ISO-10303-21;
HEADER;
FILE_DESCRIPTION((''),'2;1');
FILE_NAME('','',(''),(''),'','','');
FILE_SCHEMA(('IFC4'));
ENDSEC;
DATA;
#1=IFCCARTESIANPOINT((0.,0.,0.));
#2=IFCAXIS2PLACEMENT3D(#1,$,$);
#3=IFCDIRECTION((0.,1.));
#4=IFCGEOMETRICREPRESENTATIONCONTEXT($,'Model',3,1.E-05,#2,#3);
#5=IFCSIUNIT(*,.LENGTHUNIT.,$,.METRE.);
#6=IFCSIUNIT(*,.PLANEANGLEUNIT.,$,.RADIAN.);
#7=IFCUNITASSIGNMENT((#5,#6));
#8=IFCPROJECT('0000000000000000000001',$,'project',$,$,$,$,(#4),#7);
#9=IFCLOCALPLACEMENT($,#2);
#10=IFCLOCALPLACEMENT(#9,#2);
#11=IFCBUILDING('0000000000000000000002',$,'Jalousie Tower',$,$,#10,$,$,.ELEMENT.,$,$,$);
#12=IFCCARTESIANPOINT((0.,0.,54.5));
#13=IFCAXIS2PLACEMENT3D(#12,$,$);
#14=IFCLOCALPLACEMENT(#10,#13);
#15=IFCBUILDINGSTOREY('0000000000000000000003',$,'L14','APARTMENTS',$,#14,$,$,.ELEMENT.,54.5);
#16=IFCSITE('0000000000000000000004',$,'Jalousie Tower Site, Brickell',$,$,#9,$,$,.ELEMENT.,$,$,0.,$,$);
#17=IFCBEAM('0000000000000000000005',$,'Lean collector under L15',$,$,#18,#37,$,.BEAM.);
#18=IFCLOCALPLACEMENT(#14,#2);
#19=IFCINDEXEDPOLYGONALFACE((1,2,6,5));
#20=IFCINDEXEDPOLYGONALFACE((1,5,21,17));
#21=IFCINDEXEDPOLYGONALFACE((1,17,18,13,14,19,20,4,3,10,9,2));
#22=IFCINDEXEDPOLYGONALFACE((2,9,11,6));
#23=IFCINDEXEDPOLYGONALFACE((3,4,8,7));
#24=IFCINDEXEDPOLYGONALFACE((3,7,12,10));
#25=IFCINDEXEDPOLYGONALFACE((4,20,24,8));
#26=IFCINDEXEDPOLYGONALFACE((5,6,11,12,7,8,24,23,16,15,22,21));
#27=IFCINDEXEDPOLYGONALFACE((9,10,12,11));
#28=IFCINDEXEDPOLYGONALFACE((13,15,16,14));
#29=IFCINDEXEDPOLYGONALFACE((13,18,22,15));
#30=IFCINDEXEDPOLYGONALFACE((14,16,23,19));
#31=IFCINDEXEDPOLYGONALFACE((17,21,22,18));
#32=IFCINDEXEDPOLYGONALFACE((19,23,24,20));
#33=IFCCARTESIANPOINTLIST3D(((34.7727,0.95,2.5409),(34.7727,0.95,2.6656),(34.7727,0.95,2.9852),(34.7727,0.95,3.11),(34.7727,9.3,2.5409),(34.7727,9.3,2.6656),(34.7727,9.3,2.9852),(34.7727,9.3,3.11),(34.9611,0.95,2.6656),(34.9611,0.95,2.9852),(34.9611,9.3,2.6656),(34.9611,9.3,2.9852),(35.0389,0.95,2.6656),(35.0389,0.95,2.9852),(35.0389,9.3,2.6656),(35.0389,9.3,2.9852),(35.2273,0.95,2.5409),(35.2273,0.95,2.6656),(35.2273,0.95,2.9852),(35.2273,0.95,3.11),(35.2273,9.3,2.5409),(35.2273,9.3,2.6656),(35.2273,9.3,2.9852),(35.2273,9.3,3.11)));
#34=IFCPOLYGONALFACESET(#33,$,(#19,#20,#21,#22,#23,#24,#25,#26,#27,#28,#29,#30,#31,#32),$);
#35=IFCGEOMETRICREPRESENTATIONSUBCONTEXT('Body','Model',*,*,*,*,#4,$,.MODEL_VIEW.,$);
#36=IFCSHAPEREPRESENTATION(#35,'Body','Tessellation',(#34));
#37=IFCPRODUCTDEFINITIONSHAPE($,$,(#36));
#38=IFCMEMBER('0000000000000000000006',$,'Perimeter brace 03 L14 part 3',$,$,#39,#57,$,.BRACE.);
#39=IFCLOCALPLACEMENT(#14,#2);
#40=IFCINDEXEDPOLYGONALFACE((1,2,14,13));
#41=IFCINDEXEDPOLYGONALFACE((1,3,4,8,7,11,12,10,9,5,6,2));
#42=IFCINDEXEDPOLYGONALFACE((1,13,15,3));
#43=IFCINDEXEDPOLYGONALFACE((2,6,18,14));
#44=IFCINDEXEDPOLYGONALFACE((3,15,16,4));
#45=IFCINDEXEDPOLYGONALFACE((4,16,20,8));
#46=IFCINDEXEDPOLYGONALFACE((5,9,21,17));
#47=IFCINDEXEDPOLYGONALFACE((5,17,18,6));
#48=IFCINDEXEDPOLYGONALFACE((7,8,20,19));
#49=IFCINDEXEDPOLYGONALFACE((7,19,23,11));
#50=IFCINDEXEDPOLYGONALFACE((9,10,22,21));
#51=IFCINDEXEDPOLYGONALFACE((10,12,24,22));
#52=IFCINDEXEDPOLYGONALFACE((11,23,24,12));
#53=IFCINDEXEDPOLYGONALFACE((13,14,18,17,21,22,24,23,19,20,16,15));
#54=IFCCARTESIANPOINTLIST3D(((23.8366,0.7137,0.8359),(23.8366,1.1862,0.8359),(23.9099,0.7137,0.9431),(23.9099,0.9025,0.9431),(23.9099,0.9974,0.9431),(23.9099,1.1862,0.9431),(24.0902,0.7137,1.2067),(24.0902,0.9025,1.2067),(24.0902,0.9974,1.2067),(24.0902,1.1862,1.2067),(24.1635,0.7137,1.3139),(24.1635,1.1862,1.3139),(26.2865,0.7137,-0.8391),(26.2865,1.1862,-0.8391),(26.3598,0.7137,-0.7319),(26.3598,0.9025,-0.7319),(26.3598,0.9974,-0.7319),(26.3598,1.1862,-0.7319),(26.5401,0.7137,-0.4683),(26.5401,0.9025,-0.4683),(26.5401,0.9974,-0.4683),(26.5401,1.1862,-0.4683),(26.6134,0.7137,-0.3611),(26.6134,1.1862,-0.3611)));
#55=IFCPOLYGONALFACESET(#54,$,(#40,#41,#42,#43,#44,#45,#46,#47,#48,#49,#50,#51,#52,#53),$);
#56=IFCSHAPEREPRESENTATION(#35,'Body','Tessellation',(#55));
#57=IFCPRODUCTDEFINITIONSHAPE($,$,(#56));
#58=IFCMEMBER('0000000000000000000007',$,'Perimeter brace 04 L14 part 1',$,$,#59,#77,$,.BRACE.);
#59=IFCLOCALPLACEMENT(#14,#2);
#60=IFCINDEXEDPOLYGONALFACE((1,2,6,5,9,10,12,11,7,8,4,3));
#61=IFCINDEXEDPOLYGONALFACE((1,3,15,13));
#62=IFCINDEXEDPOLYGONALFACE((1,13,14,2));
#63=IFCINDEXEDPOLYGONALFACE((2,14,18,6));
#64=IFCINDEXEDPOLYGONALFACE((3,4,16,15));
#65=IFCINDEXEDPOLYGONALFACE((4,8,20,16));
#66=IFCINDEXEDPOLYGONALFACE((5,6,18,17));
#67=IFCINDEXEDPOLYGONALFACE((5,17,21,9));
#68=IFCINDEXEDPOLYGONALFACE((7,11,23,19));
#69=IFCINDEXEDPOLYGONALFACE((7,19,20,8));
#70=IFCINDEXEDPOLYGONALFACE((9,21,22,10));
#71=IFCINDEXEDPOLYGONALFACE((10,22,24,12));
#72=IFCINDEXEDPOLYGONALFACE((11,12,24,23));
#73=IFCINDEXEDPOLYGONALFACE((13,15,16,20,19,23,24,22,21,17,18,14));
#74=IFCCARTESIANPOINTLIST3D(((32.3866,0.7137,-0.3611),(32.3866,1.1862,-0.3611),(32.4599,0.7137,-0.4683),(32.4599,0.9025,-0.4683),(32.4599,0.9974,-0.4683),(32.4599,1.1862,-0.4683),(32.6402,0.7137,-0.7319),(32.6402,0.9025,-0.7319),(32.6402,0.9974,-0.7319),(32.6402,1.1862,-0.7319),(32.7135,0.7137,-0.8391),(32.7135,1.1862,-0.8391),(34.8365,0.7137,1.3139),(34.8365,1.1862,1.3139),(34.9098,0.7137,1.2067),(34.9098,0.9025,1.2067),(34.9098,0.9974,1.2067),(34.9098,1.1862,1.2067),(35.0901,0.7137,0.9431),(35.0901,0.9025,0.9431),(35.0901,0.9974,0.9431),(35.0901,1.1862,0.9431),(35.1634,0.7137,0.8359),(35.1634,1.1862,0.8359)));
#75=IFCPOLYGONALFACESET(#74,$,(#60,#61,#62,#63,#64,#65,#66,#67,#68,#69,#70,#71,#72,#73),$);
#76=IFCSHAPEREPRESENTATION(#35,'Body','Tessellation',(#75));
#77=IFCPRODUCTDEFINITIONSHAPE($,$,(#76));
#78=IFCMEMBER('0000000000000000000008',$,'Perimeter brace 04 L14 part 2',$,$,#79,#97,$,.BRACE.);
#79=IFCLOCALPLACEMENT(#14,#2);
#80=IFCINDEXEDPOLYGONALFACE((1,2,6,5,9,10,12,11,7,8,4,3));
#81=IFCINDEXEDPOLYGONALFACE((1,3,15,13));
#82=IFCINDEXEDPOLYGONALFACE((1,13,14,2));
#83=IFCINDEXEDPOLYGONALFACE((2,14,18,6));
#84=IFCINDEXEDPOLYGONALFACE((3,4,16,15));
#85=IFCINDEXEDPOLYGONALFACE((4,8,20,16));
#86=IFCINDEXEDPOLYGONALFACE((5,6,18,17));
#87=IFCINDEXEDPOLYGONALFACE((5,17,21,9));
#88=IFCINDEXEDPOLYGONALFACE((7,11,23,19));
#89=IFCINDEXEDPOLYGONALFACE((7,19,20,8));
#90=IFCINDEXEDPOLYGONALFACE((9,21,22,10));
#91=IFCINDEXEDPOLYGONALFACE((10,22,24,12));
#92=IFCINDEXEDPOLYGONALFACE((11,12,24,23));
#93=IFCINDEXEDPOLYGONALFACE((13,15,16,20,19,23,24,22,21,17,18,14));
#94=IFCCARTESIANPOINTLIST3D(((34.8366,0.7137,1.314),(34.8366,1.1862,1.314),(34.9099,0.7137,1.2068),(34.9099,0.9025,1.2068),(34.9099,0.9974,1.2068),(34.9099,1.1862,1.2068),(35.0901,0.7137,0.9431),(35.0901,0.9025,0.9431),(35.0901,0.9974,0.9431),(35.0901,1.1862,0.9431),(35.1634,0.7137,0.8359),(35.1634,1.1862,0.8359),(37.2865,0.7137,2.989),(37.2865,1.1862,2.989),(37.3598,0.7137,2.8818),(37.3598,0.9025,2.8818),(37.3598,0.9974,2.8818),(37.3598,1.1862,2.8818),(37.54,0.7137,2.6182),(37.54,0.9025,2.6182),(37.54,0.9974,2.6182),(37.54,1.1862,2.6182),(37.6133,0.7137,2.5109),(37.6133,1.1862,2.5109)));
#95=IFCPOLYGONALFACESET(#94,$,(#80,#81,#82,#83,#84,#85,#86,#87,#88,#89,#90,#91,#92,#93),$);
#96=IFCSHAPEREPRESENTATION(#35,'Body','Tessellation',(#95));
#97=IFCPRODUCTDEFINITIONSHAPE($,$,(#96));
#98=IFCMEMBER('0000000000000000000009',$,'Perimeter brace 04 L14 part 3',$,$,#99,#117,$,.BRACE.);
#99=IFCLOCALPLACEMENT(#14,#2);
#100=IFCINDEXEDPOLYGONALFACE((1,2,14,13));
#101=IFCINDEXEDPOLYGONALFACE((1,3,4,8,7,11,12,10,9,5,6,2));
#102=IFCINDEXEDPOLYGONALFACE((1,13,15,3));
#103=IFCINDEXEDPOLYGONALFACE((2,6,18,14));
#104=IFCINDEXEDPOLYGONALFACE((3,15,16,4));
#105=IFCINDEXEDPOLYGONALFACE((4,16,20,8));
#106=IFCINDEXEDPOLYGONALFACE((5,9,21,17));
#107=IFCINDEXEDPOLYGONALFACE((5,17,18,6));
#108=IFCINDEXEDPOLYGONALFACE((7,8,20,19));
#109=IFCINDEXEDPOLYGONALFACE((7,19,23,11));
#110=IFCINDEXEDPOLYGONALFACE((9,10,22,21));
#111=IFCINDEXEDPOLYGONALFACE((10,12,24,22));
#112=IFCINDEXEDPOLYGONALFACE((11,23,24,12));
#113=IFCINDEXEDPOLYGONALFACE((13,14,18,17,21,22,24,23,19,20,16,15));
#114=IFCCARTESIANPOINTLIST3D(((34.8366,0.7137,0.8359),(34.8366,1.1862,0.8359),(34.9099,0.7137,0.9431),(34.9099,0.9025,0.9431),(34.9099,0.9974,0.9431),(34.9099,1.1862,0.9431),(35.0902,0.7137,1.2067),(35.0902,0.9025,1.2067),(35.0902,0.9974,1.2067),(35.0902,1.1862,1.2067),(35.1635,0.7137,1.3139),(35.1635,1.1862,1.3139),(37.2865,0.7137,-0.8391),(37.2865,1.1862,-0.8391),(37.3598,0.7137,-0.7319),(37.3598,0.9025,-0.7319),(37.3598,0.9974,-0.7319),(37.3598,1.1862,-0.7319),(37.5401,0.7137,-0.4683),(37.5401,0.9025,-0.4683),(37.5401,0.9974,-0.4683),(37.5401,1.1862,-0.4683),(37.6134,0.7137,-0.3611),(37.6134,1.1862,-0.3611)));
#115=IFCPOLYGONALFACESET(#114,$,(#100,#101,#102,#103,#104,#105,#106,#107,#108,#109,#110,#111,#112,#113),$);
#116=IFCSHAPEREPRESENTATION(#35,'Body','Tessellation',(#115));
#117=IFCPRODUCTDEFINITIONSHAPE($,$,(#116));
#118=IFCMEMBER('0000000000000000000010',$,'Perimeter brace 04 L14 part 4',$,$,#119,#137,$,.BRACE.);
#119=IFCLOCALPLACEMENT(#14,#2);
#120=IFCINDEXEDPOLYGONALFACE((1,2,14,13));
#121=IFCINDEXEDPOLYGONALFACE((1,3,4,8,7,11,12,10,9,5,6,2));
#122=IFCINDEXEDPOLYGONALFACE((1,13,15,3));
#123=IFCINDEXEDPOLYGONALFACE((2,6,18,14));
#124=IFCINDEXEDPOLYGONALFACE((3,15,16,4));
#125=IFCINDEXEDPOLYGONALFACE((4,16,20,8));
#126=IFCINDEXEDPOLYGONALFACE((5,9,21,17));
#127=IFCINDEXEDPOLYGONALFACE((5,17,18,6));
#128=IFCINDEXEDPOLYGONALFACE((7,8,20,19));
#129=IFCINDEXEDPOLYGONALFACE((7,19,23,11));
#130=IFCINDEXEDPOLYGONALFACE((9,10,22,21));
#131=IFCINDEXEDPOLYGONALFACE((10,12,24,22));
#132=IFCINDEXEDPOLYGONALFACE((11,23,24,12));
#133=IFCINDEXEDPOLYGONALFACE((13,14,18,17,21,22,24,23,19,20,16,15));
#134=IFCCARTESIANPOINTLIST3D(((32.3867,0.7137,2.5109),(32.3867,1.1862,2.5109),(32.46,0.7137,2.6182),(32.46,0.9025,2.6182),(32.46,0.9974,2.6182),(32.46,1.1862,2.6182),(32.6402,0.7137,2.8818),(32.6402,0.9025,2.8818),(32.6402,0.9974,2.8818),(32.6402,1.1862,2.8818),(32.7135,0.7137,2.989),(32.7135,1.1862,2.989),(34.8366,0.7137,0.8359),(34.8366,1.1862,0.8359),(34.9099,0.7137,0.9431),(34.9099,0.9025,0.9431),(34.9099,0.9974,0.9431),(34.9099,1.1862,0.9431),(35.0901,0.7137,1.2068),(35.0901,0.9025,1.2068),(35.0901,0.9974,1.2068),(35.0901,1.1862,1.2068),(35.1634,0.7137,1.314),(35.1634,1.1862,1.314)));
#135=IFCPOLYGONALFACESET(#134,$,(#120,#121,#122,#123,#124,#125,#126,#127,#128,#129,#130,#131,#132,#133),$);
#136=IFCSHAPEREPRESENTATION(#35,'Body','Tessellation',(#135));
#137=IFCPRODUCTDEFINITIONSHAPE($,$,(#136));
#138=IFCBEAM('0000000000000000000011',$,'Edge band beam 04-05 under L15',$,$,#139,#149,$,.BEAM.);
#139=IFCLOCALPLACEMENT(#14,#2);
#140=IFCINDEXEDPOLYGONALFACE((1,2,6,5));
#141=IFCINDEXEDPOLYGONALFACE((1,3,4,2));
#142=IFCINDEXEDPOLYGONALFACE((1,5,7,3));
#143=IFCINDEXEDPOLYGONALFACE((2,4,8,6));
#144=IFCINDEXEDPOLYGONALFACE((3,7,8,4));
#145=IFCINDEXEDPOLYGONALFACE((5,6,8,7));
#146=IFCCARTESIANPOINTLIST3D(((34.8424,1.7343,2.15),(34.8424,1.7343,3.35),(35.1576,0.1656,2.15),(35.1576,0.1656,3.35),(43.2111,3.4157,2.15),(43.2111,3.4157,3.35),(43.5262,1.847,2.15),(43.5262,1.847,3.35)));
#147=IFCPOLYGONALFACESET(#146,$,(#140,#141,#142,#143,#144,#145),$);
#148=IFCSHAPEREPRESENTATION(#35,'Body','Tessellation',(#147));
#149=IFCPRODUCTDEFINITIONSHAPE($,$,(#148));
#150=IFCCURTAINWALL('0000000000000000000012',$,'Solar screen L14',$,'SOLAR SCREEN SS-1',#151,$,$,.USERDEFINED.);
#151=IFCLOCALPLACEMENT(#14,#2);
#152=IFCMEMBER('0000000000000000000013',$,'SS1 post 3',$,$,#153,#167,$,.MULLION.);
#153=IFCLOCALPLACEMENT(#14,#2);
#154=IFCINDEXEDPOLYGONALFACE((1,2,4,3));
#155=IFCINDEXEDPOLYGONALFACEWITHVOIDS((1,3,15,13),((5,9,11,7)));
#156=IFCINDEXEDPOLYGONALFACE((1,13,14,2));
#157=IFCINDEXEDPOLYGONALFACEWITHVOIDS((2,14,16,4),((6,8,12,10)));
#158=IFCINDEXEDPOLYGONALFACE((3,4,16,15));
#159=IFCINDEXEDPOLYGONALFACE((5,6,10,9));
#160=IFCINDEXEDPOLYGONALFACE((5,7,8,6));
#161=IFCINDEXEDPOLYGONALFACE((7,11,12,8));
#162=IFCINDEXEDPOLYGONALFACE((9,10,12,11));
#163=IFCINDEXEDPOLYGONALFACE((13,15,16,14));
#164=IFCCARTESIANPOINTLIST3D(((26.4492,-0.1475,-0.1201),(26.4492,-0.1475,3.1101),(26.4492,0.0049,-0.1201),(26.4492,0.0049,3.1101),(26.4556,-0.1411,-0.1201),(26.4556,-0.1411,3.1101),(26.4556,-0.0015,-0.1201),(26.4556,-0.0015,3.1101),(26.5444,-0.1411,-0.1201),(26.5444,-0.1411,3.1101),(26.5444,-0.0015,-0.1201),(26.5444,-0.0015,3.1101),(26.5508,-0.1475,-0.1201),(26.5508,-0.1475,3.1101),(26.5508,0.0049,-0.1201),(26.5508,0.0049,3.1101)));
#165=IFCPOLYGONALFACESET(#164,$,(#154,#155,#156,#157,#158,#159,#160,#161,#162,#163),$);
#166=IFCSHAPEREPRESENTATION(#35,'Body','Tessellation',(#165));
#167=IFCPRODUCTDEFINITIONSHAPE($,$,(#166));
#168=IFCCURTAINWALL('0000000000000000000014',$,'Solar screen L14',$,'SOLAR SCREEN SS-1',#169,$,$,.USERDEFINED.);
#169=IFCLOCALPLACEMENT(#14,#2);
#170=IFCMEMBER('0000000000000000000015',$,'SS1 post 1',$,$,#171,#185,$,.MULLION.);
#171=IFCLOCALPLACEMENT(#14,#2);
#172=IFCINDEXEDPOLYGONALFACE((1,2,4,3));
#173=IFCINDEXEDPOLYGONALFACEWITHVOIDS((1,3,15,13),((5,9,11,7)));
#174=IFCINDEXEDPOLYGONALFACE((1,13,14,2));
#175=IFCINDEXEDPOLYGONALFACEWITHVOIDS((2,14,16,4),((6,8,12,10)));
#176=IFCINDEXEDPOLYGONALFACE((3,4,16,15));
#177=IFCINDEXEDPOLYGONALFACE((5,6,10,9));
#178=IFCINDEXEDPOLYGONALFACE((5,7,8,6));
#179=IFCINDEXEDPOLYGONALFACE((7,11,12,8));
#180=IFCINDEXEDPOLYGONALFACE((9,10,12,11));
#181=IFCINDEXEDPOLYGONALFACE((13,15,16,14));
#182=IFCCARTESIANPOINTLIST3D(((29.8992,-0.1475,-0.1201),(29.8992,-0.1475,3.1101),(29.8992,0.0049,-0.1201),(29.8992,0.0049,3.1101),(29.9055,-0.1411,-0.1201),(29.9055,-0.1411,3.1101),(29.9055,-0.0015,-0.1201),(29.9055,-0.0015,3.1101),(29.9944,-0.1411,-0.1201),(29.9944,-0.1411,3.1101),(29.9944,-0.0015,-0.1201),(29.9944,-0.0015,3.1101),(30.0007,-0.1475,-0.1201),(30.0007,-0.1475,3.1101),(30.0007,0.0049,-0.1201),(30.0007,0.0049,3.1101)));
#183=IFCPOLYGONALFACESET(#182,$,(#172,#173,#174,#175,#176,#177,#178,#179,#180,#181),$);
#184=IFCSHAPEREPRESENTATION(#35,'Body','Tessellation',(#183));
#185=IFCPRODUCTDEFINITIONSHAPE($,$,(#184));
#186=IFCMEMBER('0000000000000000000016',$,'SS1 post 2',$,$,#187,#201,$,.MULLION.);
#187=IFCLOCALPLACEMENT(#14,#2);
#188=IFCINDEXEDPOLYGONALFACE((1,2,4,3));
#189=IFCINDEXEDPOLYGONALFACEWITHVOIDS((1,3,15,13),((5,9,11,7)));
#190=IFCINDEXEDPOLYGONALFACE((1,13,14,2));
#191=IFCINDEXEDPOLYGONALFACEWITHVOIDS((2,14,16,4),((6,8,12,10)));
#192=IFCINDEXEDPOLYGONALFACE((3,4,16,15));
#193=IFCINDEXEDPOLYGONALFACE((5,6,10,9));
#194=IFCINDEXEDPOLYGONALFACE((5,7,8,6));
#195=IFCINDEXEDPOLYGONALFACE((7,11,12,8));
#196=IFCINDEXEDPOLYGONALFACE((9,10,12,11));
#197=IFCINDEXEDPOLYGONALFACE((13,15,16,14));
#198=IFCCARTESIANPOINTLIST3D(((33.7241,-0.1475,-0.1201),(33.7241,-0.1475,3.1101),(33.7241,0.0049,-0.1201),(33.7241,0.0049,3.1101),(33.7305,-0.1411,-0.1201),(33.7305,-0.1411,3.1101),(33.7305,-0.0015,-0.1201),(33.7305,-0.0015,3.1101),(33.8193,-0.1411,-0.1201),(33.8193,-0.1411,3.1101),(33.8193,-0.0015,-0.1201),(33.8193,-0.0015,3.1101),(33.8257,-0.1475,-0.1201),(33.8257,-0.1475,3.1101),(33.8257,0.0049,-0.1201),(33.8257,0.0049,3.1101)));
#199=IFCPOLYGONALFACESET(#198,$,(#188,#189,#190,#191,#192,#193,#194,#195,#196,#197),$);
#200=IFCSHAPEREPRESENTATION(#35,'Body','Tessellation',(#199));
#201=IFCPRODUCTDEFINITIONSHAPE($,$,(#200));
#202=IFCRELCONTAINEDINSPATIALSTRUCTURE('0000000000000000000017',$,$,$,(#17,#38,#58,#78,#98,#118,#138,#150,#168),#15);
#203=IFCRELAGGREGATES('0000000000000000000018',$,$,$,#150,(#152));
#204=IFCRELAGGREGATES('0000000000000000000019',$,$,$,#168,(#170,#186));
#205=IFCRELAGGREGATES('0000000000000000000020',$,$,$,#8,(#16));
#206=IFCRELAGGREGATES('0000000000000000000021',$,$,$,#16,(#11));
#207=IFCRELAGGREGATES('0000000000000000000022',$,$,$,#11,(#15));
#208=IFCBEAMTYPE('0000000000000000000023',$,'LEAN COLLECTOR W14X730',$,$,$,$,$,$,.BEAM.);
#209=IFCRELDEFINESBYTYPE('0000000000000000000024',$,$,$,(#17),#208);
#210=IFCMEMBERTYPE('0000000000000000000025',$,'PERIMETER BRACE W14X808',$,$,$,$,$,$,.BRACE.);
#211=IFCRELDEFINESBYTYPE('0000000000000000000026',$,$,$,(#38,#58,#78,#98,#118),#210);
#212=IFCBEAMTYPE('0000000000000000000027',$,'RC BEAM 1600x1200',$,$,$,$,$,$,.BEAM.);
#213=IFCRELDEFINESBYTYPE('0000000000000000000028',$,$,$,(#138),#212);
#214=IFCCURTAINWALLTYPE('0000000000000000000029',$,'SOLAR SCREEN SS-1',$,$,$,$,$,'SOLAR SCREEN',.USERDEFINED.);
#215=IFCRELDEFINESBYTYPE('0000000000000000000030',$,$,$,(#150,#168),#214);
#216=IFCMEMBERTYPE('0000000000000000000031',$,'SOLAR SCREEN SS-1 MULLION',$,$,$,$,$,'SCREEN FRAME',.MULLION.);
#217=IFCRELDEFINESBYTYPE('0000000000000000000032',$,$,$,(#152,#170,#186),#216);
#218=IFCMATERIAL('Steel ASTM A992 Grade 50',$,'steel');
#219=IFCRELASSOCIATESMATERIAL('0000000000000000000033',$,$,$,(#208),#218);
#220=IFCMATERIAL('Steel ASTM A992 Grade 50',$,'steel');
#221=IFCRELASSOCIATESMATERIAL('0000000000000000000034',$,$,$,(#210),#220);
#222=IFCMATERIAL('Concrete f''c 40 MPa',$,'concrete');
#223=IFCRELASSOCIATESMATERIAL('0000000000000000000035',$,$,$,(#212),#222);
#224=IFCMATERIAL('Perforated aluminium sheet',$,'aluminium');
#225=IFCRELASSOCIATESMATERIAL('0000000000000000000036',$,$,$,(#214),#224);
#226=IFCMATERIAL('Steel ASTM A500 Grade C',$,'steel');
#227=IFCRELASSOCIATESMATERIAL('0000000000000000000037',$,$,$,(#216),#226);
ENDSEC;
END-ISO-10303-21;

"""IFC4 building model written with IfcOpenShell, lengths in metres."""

from ifc_helpers import new_model, si_unit, direction, frame, origin, origin_2d, place, context, subcontext, project, spatial, rectangle, hollow_rectangle, i_section, extrude, material, material_profile, profile_set, type_object, element, aggregate, save


model = new_model("IFC4")

# Units and contexts
model_context = context("Model", 3, precision=1e-05, world=origin(), true_north=direction((0.0, 1.0)))
body_context = subcontext(model_context, "Body", "Model", "MODEL_VIEW")
ifc_project = project(units=[si_unit("LENGTHUNIT", "METRE"), si_unit("PLANEANGLEUNIT", "RADIAN")], contexts=[model_context])

# Site, building, storey
site_placement = place(None, origin())
site = spatial("IfcSite", under=ifc_project, at=site_placement, Name="Jalousie Tower Site, Brickell", CompositionType="ELEMENT", RefElevation=0.0)
building_placement = place(site_placement, origin())
building = spatial("IfcBuilding", under=site, at=building_placement, Name="Jalousie Tower", CompositionType="ELEMENT")
storey_placement = place(building_placement, frame((0.0, 0.0, 54.5)))
storey = spatial("IfcBuildingStorey", under=building, at=storey_placement, Name="L14", Description="APARTMENTS", CompositionType="ELEMENT", Elevation=54.5)

# Beam
ifc_material_1 = material(Name="Steel ASTM A992 Grade 50", Category="steel")
ifc_material_profile_1 = material_profile(ifc_material_1, i_section(OverallWidth=0.4546, OverallDepth=0.5691, WebThickness=0.0779, FlangeThickness=0.1248, at=origin_2d()), Name="W14X730")
ifc_profile_set_1 = profile_set([ifc_material_profile_1], Name="Steel ASTM A992 Grade 50")
beam_type_1 = type_object("IfcBeamType", Name="LEAN COLLECTOR W14X730", PredefinedType="BEAM", material=ifc_profile_set_1)
beam_1_placement = place(storey_placement, frame((35.0, 0.95, 2.8254), z_axis=(0.0, 1.0, 0.0), x_axis=(-1.0, 0.0, 0.0)))
element("IfcBeam", 1, at=beam_1_placement, inside=storey, type_object=beam_type_1, Name="Lean collector under L15", PredefinedType="BEAM", context=body_context, shape_type="SweptSolid", body=[
    extrude(i_section(OverallWidth=0.4546, OverallDepth=0.5691, WebThickness=0.0779, FlangeThickness=0.1248, at=origin_2d()), origin(), (0.0, 0.0, 1.0), 8.3501),
])

# Members
ifc_material_2 = material(Name="Steel ASTM A992 Grade 50", Category="steel")
ifc_material_profile_2 = material_profile(ifc_material_2, i_section(OverallWidth=0.4724, OverallDepth=0.5791, WebThickness=0.095, FlangeThickness=0.1299, at=origin_2d()), Name="W14X808")
ifc_profile_set_2 = profile_set([ifc_material_profile_2], Name="Steel ASTM A992 Grade 50")
member_type_1 = type_object("IfcMemberType", Name="PERIMETER BRACE W14X808", PredefinedType="BRACE", material=ifc_profile_set_2)
for number, where, z_axis, x_axis, name in (
    (2, (26.45, 0.95, -0.6001), (-0.825501, 0.0, 0.564401), (0.0, -1.0, 0.0), "Perimeter brace 03 L14 part 3"),
    (3, (32.55, 0.95, -0.6001), (0.825501, 0.0, 0.564401), (0.0, 1.0, 0.0), "Perimeter brace 04 L14 part 1"),
    (4, (35.0, 0.95, 1.075), (0.825501, 0.0, 0.564401), (0.0, 1.0, 0.0), "Perimeter brace 04 L14 part 2"),
    (5, (37.45, 0.95, -0.6001), (-0.825501, 0.0, 0.564401), (0.0, -1.0, 0.0), "Perimeter brace 04 L14 part 3"),
    (6, (35.0, 0.95, 1.075), (-0.825501, 0.0, 0.564401), (0.0, -1.0, 0.0), "Perimeter brace 04 L14 part 4"),
):
    element("IfcMember", number, at=place(storey_placement, frame(where, z_axis=z_axis, x_axis=x_axis)), inside=storey, type_object=member_type_1, Name=name, PredefinedType="BRACE", context=body_context, shape_type="SweptSolid", body=[
        extrude(i_section(OverallWidth=0.4724, OverallDepth=0.5791, WebThickness=0.095, FlangeThickness=0.1299, at=origin_2d()), origin(), (0.0, 0.0, 1.0), 2.9678),
    ])

# Beam
ifc_material_3 = material(Name="Concrete f'c 40 MPa", Category="concrete")
ifc_material_profile_3 = material_profile(ifc_material_3, rectangle(XDim=1.6001, YDim=1.2, at=origin_2d()), Name="RC 1600x1200")
ifc_profile_set_3 = profile_set([ifc_material_profile_3], Name="Concrete f'c 40 MPa")
beam_type_2 = type_object("IfcBeamType", Name="RC BEAM 1600x1200", PredefinedType="BEAM", material=ifc_profile_set_3)
beam_2_placement = place(storey_placement, frame((35.0, 0.95, 2.75), z_axis=(0.980408, 0.19698, 0.0), x_axis=(-0.19698, 0.980408, 0.0)))
element("IfcBeam", 7, at=beam_2_placement, inside=storey, type_object=beam_type_2, Name="Edge band beam 04-05 under L15", PredefinedType="BEAM", context=body_context, shape_type="SweptSolid", body=[
    extrude(rectangle(XDim=1.6001, YDim=1.2, at=origin_2d()), origin(), (0.0, 0.0, 1.0), 8.5359),
])

# Curtain wall, member
ifc_material_4 = material(Name="Perforated aluminium sheet", Category="aluminium")
curtain_wall_type = type_object("IfcCurtainWallType", Name="SOLAR SCREEN SS-1", ElementType="SOLAR SCREEN", PredefinedType="USERDEFINED", material=ifc_material_4)
curtain_wall_1_placement = place(storey_placement, origin())
curtain_wall_1 = element("IfcCurtainWall", 8, at=curtain_wall_1_placement, inside=storey, type_object=curtain_wall_type, Name="Solar screen L14", ObjectType="SOLAR SCREEN SS-1", PredefinedType="USERDEFINED")
ifc_material_5 = material(Name="Steel ASTM A500 Grade C", Category="steel")
ifc_material_profile_4 = material_profile(ifc_material_5, hollow_rectangle(XDim=0.1016, YDim=0.1523, WallThickness=0.0063, at=origin_2d()), Name="HSS6X4X1/4")
ifc_profile_set_4 = profile_set([ifc_material_profile_4], Name="Steel ASTM A500 Grade C")
member_type_2 = type_object("IfcMemberType", Name="SOLAR SCREEN SS-1 MULLION", ElementType="SCREEN FRAME", PredefinedType="MULLION", material=ifc_profile_set_4)
member_1_placement = place(storey_placement, frame((26.5, -0.0713, -0.1201), z_axis=(0.0, 0.0, 1.0), x_axis=(1.0, 0.0, 0.0)))
member_1 = element("IfcMember", 9, at=member_1_placement, type_object=member_type_2, Name="SS1 post 3", PredefinedType="MULLION", context=body_context, shape_type="SweptSolid", body=[
    extrude(hollow_rectangle(XDim=0.1016, YDim=0.1523, WallThickness=0.0063, at=origin_2d()), origin(), (0.0, 0.0, 1.0), 3.2302),
])
aggregate(curtain_wall_1, [member_1])

# Curtain wall, members
curtain_wall_2_placement = place(storey_placement, origin())
curtain_wall_2 = element("IfcCurtainWall", 10, at=curtain_wall_2_placement, inside=storey, type_object=curtain_wall_type, Name="Solar screen L14", ObjectType="SOLAR SCREEN SS-1", PredefinedType="USERDEFINED")
member_2_placement = place(storey_placement, frame((29.95, -0.0713, -0.1201), z_axis=(0.0, 0.0, 1.0), x_axis=(1.0, 0.0, 0.0)))
member_2 = element("IfcMember", 11, at=member_2_placement, type_object=member_type_2, Name="SS1 post 1", PredefinedType="MULLION", context=body_context, shape_type="SweptSolid", body=[
    extrude(hollow_rectangle(XDim=0.1016, YDim=0.1523, WallThickness=0.0063, at=origin_2d()), origin(), (0.0, 0.0, 1.0), 3.2302),
])
member_3_placement = place(storey_placement, frame((33.7749, -0.0713, -0.1201), z_axis=(0.0, 0.0, 1.0), x_axis=(1.0, 0.0, 0.0)))
member_3 = element("IfcMember", 12, at=member_3_placement, type_object=member_type_2, Name="SS1 post 2", PredefinedType="MULLION", context=body_context, shape_type="SweptSolid", body=[
    extrude(hollow_rectangle(XDim=0.1016, YDim=0.1523, WallThickness=0.0063, at=origin_2d()), origin(), (0.0, 0.0, 1.0), 3.2302),
])
aggregate(curtain_wall_2, [member_2, member_3])

save(model, "model.ifc")
